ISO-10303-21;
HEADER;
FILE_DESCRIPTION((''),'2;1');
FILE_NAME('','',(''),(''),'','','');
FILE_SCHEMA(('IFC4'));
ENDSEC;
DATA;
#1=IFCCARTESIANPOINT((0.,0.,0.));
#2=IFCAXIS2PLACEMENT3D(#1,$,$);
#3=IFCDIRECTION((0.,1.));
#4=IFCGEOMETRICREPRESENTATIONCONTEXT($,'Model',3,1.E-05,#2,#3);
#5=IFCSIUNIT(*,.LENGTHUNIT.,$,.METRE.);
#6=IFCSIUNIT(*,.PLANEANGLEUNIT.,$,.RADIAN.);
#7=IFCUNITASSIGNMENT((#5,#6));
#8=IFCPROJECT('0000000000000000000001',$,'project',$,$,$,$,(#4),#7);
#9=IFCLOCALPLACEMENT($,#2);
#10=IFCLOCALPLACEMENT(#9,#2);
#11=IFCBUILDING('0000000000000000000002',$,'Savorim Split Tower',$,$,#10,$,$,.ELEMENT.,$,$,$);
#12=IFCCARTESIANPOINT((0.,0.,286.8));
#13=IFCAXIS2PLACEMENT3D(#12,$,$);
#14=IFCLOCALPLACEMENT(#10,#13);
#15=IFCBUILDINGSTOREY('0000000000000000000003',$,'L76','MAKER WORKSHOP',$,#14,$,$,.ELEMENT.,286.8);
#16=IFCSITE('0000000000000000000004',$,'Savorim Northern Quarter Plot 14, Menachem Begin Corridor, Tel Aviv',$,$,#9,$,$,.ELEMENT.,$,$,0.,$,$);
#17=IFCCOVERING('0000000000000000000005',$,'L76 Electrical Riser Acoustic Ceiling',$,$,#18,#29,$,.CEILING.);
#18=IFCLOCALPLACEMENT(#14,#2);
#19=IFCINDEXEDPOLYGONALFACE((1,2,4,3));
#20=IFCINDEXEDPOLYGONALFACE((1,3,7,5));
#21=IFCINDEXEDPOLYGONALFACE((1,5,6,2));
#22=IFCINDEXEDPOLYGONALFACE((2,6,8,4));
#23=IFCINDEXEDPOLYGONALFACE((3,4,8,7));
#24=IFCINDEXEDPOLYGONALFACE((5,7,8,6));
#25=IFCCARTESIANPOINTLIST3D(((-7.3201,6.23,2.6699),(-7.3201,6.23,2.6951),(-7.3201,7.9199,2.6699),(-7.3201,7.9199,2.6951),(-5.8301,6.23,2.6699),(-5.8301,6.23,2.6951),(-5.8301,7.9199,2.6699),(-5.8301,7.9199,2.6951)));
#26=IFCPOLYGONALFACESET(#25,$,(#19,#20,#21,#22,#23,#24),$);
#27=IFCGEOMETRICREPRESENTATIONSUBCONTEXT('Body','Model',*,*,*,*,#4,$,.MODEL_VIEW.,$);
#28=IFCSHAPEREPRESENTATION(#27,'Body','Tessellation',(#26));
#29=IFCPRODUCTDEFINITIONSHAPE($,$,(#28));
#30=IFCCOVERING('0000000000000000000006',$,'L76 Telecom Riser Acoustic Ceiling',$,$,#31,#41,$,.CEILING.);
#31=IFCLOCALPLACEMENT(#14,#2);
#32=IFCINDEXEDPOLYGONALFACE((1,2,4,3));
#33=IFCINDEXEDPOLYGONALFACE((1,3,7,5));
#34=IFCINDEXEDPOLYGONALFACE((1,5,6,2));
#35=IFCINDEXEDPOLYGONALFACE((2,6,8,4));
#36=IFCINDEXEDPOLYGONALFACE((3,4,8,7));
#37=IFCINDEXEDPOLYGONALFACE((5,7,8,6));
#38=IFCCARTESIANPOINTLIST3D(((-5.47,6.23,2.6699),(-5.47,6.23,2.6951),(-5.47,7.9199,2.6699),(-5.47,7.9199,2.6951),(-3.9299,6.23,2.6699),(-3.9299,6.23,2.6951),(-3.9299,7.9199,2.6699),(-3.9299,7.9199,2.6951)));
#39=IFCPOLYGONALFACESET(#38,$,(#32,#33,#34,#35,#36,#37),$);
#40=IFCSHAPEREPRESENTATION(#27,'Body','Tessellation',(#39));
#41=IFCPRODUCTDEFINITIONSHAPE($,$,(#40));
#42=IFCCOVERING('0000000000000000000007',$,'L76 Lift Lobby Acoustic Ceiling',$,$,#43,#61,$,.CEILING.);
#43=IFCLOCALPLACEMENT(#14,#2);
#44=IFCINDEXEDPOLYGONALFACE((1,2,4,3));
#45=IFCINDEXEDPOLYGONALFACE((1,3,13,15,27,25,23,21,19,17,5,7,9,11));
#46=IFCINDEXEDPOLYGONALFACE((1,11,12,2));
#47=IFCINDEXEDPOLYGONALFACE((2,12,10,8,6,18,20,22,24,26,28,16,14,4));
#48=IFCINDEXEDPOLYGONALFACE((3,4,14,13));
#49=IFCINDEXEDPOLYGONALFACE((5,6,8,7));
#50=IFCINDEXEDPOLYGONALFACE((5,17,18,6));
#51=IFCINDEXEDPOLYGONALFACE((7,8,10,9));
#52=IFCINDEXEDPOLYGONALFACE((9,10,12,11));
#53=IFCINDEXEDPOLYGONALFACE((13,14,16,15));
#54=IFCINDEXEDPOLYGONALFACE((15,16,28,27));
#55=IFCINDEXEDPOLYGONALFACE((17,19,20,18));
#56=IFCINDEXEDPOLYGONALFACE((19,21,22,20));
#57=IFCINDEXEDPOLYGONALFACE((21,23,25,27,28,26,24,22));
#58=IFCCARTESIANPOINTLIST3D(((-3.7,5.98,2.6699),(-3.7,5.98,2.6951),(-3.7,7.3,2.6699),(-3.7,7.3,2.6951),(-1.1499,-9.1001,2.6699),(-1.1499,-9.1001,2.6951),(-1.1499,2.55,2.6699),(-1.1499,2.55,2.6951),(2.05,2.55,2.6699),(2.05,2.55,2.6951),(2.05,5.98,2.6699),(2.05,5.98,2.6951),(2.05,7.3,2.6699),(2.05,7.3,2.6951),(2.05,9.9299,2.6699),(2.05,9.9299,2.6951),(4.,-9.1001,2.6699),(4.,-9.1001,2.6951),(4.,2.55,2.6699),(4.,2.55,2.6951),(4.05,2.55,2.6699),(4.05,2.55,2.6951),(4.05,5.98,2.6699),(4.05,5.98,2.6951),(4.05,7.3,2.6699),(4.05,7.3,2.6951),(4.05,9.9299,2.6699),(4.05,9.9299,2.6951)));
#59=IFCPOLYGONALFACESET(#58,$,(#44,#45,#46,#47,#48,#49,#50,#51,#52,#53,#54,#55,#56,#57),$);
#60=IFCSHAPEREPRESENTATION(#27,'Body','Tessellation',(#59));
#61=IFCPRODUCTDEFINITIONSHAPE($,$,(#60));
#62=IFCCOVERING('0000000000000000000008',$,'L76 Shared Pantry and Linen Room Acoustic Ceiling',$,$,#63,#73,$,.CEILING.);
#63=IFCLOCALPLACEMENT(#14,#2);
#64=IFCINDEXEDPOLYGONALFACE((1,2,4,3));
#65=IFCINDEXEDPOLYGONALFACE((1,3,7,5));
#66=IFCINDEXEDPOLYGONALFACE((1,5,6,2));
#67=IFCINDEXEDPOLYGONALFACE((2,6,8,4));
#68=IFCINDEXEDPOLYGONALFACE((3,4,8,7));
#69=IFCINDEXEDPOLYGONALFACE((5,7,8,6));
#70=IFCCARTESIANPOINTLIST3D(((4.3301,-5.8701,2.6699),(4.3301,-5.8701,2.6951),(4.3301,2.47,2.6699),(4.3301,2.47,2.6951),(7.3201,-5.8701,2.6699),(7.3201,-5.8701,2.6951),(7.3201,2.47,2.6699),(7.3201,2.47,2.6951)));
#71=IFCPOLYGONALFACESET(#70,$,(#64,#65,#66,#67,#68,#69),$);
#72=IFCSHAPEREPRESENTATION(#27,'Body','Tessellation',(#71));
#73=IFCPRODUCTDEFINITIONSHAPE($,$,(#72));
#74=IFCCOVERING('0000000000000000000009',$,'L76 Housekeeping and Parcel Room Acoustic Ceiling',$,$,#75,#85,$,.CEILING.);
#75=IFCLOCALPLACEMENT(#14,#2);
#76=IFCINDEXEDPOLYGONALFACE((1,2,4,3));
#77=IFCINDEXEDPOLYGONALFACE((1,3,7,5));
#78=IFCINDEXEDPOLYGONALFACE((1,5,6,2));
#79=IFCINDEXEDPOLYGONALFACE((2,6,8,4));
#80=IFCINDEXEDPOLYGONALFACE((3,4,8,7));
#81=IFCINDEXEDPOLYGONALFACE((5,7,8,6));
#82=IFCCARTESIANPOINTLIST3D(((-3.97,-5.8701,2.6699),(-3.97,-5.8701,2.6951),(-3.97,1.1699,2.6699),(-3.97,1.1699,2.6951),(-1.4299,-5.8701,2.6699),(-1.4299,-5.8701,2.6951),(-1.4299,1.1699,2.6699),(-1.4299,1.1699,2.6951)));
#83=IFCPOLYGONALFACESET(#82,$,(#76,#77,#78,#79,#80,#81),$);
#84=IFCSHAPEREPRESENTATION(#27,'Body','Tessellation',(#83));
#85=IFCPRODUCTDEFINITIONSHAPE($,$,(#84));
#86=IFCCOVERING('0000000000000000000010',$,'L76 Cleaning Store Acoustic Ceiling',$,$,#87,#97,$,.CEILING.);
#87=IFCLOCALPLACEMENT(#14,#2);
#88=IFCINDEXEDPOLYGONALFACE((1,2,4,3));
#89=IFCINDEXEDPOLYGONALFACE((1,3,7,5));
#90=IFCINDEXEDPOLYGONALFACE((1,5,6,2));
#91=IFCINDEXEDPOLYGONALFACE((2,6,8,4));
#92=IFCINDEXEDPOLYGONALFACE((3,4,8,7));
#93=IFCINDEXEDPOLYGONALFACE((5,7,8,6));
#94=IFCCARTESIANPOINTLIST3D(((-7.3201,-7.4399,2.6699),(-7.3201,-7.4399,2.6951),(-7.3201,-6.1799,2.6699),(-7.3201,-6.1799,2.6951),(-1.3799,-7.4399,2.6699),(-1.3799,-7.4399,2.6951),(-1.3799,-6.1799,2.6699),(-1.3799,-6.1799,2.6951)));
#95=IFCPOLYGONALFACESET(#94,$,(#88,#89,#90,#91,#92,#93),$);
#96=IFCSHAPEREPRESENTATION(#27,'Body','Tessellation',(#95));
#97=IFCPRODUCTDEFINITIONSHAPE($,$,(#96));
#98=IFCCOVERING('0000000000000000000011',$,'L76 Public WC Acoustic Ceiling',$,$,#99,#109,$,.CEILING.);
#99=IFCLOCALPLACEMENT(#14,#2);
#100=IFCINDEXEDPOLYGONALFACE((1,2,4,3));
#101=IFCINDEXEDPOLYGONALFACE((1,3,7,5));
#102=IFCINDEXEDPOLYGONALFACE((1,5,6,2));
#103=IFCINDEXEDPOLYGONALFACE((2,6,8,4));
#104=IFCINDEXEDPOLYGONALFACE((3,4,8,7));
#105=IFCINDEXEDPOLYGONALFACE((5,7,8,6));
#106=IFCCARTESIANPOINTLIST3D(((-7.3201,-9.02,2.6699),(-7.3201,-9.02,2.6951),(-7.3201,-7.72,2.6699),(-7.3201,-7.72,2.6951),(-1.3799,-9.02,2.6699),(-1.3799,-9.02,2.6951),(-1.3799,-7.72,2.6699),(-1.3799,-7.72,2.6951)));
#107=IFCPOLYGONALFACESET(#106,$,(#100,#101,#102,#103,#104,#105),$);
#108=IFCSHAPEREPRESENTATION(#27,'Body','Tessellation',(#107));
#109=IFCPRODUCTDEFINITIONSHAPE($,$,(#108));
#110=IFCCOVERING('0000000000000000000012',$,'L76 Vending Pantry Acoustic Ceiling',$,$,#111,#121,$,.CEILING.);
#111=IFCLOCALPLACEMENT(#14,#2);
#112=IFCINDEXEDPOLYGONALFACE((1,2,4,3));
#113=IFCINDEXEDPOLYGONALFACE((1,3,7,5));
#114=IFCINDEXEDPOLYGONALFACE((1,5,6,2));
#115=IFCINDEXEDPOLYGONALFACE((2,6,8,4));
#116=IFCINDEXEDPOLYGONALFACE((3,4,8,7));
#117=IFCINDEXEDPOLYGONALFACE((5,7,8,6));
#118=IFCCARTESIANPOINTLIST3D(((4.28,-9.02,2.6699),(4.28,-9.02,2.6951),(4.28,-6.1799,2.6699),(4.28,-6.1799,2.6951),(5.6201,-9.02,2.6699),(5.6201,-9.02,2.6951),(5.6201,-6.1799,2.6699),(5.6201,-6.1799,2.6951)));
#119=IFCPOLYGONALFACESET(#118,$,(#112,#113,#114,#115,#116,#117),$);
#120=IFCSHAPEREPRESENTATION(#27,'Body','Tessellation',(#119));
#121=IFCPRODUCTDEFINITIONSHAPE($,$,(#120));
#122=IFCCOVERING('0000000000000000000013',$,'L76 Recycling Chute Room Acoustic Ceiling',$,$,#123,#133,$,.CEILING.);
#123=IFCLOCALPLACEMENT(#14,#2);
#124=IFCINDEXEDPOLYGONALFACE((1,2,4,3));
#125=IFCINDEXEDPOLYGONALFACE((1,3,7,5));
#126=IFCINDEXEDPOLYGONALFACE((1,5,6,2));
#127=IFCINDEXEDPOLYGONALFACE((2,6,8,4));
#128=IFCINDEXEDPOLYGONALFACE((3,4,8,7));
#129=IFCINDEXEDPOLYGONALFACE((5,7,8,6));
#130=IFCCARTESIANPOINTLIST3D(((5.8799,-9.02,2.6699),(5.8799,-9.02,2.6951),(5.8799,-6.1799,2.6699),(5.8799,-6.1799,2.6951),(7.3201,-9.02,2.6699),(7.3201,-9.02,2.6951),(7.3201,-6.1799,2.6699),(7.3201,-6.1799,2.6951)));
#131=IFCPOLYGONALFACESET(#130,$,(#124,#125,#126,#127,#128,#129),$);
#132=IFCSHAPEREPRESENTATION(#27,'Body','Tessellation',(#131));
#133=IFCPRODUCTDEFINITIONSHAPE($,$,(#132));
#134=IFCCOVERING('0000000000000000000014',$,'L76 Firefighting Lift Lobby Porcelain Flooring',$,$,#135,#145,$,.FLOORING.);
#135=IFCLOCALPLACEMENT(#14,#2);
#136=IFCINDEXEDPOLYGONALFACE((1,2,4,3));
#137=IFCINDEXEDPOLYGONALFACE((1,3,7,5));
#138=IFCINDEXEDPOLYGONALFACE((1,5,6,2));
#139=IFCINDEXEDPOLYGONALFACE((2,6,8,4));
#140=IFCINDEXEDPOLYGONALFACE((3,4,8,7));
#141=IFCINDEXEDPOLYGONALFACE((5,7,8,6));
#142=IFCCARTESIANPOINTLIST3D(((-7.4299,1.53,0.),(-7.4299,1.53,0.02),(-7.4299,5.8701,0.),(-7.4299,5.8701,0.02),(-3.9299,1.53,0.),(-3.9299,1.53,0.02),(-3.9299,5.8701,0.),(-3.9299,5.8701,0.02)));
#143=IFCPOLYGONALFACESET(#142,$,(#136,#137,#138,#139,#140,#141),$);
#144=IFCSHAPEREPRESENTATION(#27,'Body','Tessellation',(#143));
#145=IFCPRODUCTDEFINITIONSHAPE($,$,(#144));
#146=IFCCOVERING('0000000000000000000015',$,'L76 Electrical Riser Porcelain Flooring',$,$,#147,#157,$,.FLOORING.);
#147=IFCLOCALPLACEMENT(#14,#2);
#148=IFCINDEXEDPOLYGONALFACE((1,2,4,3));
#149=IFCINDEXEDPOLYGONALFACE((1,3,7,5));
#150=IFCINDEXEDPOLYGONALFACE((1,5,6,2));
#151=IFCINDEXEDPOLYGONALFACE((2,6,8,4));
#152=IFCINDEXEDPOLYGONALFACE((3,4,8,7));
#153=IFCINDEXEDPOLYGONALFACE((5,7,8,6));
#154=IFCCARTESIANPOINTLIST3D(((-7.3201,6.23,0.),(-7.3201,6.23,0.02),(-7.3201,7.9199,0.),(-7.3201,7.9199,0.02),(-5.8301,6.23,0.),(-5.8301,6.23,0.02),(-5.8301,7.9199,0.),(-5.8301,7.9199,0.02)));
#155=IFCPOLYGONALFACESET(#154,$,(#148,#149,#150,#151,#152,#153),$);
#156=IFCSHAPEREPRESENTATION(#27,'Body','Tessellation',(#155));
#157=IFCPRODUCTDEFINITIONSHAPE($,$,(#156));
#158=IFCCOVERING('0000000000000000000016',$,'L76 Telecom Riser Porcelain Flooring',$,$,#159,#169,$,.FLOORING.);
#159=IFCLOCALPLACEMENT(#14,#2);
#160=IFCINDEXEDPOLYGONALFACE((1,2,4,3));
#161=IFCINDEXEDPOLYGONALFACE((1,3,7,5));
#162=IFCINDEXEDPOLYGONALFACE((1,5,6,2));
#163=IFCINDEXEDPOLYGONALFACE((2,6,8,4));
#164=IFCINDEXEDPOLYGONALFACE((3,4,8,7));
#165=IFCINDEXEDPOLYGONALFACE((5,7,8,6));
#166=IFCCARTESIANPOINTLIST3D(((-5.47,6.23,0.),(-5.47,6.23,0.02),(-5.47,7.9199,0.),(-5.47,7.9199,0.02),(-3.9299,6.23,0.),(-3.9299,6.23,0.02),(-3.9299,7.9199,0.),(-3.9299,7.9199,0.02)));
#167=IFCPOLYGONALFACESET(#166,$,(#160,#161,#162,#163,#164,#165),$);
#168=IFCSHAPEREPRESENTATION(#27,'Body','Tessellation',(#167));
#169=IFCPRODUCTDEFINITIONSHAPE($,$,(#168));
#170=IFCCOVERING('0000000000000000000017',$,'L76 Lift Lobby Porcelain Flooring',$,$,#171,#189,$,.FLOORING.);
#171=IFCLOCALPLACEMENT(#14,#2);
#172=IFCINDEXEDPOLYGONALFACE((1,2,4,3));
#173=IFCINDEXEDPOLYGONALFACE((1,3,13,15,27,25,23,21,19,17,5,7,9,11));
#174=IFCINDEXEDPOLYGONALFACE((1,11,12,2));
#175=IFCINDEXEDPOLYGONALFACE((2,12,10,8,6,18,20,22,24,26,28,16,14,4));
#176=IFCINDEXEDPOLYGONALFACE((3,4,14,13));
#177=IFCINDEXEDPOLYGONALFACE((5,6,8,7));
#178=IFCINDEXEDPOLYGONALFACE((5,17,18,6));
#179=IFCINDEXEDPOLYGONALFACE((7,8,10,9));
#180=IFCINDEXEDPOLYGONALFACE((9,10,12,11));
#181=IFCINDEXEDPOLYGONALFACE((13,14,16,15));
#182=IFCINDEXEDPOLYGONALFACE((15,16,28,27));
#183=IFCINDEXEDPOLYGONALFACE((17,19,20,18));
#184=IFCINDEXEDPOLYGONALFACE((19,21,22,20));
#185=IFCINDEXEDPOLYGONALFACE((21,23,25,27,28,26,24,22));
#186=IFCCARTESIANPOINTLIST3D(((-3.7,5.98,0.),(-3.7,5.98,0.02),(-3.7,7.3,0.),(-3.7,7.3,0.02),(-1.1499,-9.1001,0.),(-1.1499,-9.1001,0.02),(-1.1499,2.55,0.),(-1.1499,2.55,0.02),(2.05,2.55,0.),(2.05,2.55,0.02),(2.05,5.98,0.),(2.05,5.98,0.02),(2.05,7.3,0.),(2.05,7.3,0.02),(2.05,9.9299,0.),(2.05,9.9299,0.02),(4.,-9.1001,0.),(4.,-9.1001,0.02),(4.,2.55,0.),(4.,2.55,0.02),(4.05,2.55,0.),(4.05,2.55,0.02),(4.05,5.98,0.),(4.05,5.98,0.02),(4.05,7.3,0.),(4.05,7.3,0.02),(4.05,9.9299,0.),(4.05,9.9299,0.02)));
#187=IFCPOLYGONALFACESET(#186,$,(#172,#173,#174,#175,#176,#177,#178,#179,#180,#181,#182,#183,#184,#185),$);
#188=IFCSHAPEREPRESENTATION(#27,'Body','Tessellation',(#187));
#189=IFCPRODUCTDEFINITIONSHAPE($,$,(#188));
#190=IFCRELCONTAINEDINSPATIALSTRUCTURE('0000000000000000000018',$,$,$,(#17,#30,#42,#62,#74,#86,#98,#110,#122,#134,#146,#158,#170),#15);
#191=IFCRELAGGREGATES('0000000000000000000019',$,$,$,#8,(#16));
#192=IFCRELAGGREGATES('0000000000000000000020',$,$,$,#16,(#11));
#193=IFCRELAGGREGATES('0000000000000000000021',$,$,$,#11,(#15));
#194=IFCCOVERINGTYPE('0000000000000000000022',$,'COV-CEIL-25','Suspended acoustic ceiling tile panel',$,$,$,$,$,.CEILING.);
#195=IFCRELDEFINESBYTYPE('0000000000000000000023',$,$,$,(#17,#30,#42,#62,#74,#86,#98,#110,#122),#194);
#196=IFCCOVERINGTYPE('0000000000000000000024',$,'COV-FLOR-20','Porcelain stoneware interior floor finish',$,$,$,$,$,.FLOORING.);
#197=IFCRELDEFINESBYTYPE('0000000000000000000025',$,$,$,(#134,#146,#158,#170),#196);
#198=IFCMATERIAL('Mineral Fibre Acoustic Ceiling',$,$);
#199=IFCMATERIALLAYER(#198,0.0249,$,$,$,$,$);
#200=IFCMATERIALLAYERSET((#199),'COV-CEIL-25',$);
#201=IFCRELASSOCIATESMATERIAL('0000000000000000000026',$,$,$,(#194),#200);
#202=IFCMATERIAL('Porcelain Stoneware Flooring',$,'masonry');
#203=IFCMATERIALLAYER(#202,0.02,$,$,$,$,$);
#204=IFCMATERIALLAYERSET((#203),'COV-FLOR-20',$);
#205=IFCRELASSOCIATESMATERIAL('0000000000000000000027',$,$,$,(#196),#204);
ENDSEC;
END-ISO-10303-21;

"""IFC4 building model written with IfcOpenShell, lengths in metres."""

from ifc_helpers import new_model, si_unit, direction, frame, origin, place, context, subcontext, project, spatial, polyline, outline, extrude, material, layer, layer_set, type_object, element, save


model = new_model("IFC4")

# Units and contexts
model_context = context("Model", 3, precision=1e-05, world=origin(), true_north=direction((0.0, 1.0)))
body_context = subcontext(model_context, "Body", "Model", "MODEL_VIEW")
ifc_project = project(units=[si_unit("LENGTHUNIT", "METRE"), si_unit("PLANEANGLEUNIT", "RADIAN")], contexts=[model_context])

# Site, building, storey
site_placement = place(None, origin())
site = spatial("IfcSite", under=ifc_project, at=site_placement, Name="Savorim Northern Quarter Plot 14, Menachem Begin Corridor, Tel Aviv", CompositionType="ELEMENT", RefElevation=0.0)
building_placement = place(site_placement, origin())
building = spatial("IfcBuilding", under=site, at=building_placement, Name="Savorim Split Tower", CompositionType="ELEMENT")
storey_placement = place(building_placement, frame((0.0, 0.0, 286.8)))
storey = spatial("IfcBuildingStorey", under=building, at=storey_placement, Name="L76", Description="MAKER WORKSHOP", CompositionType="ELEMENT", Elevation=286.8)

# Coverings
ifc_material_1 = material(Name="Mineral Fibre Acoustic Ceiling")
ifc_layer_1 = layer(ifc_material_1, 0.0249)
ifc_layer_set_1 = layer_set([ifc_layer_1], Name="COV-CEIL-25")
covering_type_1 = type_object("IfcCoveringType", Name="COV-CEIL-25", Description="Suspended acoustic ceiling tile panel", PredefinedType="CEILING", material=ifc_layer_set_1)
covering_1_placement = place(storey_placement, frame((0.0, 0.0, 2.6699)))
element("IfcCovering", 1, at=covering_1_placement, inside=storey, type_object=covering_type_1, Name="L76 Electrical Riser Acoustic Ceiling", PredefinedType="CEILING", context=body_context, shape_type="SweptSolid", body=[
    extrude(outline(polyline([(-7.3201, 7.9199), (-7.3201, 6.23), (-5.8301, 6.23), (-5.8301, 7.9199), (-7.3201, 7.9199)])), origin(), (0.0, 0.0, 1.0), 0.0251),
])
covering_2_placement = place(storey_placement, frame((0.0, 0.0, 2.6699)))
element("IfcCovering", 2, at=covering_2_placement, inside=storey, type_object=covering_type_1, Name="L76 Telecom Riser Acoustic Ceiling", PredefinedType="CEILING", context=body_context, shape_type="SweptSolid", body=[
    extrude(outline(polyline([(-5.47, 7.9199), (-5.47, 6.23), (-3.9299, 6.23), (-3.9299, 7.9199), (-5.47, 7.9199)])), origin(), (0.0, 0.0, 1.0), 0.0251),
])
covering_3_placement = place(storey_placement, frame((0.0, 0.0, 2.6699)))
element("IfcCovering", 3, at=covering_3_placement, inside=storey, type_object=covering_type_1, Name="L76 Lift Lobby Acoustic Ceiling", PredefinedType="CEILING", context=body_context, shape_type="SweptSolid", body=[
    extrude(outline(polyline([(2.05, 2.55), (-1.1499, 2.55), (-1.1499, -9.1001), (4.0, -9.1001), (4.0, 2.55), (4.05, 2.55), (4.05, 5.98), (4.05, 7.3), (4.05, 9.9299), (2.05, 9.9299), (2.05, 7.3), (-3.7, 7.3), (-3.7, 5.98), (2.05, 5.98), (2.05, 2.55)])), origin(), (0.0, 0.0, 1.0), 0.0251),
])
covering_4_placement = place(storey_placement, frame((0.0, 0.0, 2.6699)))
element("IfcCovering", 4, at=covering_4_placement, inside=storey, type_object=covering_type_1, Name="L76 Shared Pantry and Linen Room Acoustic Ceiling", PredefinedType="CEILING", context=body_context, shape_type="SweptSolid", body=[
    extrude(outline(polyline([(4.3301, 2.47), (4.3301, -5.8701), (7.3201, -5.8701), (7.3201, 2.47), (4.3301, 2.47)])), origin(), (0.0, 0.0, 1.0), 0.0251),
])
covering_5_placement = place(storey_placement, frame((0.0, 0.0, 2.6699)))
element("IfcCovering", 5, at=covering_5_placement, inside=storey, type_object=covering_type_1, Name="L76 Housekeeping and Parcel Room Acoustic Ceiling", PredefinedType="CEILING", context=body_context, shape_type="SweptSolid", body=[
    extrude(outline(polyline([(-3.97, 1.1699), (-3.97, -5.8701), (-1.4299, -5.8701), (-1.4299, 1.1699), (-3.97, 1.1699)])), origin(), (0.0, 0.0, 1.0), 0.0251),
])
covering_6_placement = place(storey_placement, frame((0.0, 0.0, 2.6699)))
element("IfcCovering", 6, at=covering_6_placement, inside=storey, type_object=covering_type_1, Name="L76 Cleaning Store Acoustic Ceiling", PredefinedType="CEILING", context=body_context, shape_type="SweptSolid", body=[
    extrude(outline(polyline([(-7.3201, -6.1799), (-7.3201, -7.4399), (-1.3799, -7.4399), (-1.3799, -6.1799), (-7.3201, -6.1799)])), origin(), (0.0, 0.0, 1.0), 0.0251),
])
covering_7_placement = place(storey_placement, frame((0.0, 0.0, 2.6699)))
element("IfcCovering", 7, at=covering_7_placement, inside=storey, type_object=covering_type_1, Name="L76 Public WC Acoustic Ceiling", PredefinedType="CEILING", context=body_context, shape_type="SweptSolid", body=[
    extrude(outline(polyline([(-7.3201, -7.72), (-7.3201, -9.02), (-1.3799, -9.02), (-1.3799, -7.72), (-7.3201, -7.72)])), origin(), (0.0, 0.0, 1.0), 0.0251),
])
covering_8_placement = place(storey_placement, frame((0.0, 0.0, 2.6699)))
element("IfcCovering", 8, at=covering_8_placement, inside=storey, type_object=covering_type_1, Name="L76 Vending Pantry Acoustic Ceiling", PredefinedType="CEILING", context=body_context, shape_type="SweptSolid", body=[
    extrude(outline(polyline([(4.28, -6.1799), (4.28, -9.02), (5.6201, -9.02), (5.6201, -6.1799), (4.28, -6.1799)])), origin(), (0.0, 0.0, 1.0), 0.0251),
])
covering_9_placement = place(storey_placement, frame((0.0, 0.0, 2.6699)))
element("IfcCovering", 9, at=covering_9_placement, inside=storey, type_object=covering_type_1, Name="L76 Recycling Chute Room Acoustic Ceiling", PredefinedType="CEILING", context=body_context, shape_type="SweptSolid", body=[
    extrude(outline(polyline([(5.8799, -6.1799), (5.8799, -9.02), (7.3201, -9.02), (7.3201, -6.1799), (5.8799, -6.1799)])), origin(), (0.0, 0.0, 1.0), 0.0251),
])
ifc_material_2 = material(Name="Porcelain Stoneware Flooring", Category="masonry")
ifc_layer_2 = layer(ifc_material_2, 0.02)
ifc_layer_set_2 = layer_set([ifc_layer_2], Name="COV-FLOR-20")
covering_type_2 = type_object("IfcCoveringType", Name="COV-FLOR-20", Description="Porcelain stoneware interior floor finish", PredefinedType="FLOORING", material=ifc_layer_set_2)
covering_10_placement = place(storey_placement, origin())
element("IfcCovering", 10, at=covering_10_placement, inside=storey, type_object=covering_type_2, Name="L76 Firefighting Lift Lobby Porcelain Flooring", PredefinedType="FLOORING", context=body_context, shape_type="SweptSolid", body=[
    extrude(outline(polyline([(-7.4299, 5.8701), (-7.4299, 1.53), (-3.9299, 1.53), (-3.9299, 5.8701), (-7.4299, 5.8701)])), origin(), (0.0, 0.0, 1.0), 0.02),
])
covering_11_placement = place(storey_placement, origin())
element("IfcCovering", 11, at=covering_11_placement, inside=storey, type_object=covering_type_2, Name="L76 Electrical Riser Porcelain Flooring", PredefinedType="FLOORING", context=body_context, shape_type="SweptSolid", body=[
    extrude(outline(polyline([(-7.3201, 7.9199), (-7.3201, 6.23), (-5.8301, 6.23), (-5.8301, 7.9199), (-7.3201, 7.9199)])), origin(), (0.0, 0.0, 1.0), 0.02),
])
covering_12_placement = place(storey_placement, origin())
element("IfcCovering", 12, at=covering_12_placement, inside=storey, type_object=covering_type_2, Name="L76 Telecom Riser Porcelain Flooring", PredefinedType="FLOORING", context=body_context, shape_type="SweptSolid", body=[
    extrude(outline(polyline([(-5.47, 7.9199), (-5.47, 6.23), (-3.9299, 6.23), (-3.9299, 7.9199), (-5.47, 7.9199)])), origin(), (0.0, 0.0, 1.0), 0.02),
])
covering_13_placement = place(storey_placement, origin())
element("IfcCovering", 13, at=covering_13_placement, inside=storey, type_object=covering_type_2, Name="L76 Lift Lobby Porcelain Flooring", PredefinedType="FLOORING", context=body_context, shape_type="SweptSolid", body=[
    extrude(outline(polyline([(2.05, 2.55), (-1.1499, 2.55), (-1.1499, -9.1001), (4.0, -9.1001), (4.0, 2.55), (4.05, 2.55), (4.05, 5.98), (4.05, 7.3), (4.05, 9.9299), (2.05, 9.9299), (2.05, 7.3), (-3.7, 7.3), (-3.7, 5.98), (2.05, 5.98), (2.05, 2.55)])), origin(), (0.0, 0.0, 1.0), 0.02),
])

save(model, "model.ifc")
